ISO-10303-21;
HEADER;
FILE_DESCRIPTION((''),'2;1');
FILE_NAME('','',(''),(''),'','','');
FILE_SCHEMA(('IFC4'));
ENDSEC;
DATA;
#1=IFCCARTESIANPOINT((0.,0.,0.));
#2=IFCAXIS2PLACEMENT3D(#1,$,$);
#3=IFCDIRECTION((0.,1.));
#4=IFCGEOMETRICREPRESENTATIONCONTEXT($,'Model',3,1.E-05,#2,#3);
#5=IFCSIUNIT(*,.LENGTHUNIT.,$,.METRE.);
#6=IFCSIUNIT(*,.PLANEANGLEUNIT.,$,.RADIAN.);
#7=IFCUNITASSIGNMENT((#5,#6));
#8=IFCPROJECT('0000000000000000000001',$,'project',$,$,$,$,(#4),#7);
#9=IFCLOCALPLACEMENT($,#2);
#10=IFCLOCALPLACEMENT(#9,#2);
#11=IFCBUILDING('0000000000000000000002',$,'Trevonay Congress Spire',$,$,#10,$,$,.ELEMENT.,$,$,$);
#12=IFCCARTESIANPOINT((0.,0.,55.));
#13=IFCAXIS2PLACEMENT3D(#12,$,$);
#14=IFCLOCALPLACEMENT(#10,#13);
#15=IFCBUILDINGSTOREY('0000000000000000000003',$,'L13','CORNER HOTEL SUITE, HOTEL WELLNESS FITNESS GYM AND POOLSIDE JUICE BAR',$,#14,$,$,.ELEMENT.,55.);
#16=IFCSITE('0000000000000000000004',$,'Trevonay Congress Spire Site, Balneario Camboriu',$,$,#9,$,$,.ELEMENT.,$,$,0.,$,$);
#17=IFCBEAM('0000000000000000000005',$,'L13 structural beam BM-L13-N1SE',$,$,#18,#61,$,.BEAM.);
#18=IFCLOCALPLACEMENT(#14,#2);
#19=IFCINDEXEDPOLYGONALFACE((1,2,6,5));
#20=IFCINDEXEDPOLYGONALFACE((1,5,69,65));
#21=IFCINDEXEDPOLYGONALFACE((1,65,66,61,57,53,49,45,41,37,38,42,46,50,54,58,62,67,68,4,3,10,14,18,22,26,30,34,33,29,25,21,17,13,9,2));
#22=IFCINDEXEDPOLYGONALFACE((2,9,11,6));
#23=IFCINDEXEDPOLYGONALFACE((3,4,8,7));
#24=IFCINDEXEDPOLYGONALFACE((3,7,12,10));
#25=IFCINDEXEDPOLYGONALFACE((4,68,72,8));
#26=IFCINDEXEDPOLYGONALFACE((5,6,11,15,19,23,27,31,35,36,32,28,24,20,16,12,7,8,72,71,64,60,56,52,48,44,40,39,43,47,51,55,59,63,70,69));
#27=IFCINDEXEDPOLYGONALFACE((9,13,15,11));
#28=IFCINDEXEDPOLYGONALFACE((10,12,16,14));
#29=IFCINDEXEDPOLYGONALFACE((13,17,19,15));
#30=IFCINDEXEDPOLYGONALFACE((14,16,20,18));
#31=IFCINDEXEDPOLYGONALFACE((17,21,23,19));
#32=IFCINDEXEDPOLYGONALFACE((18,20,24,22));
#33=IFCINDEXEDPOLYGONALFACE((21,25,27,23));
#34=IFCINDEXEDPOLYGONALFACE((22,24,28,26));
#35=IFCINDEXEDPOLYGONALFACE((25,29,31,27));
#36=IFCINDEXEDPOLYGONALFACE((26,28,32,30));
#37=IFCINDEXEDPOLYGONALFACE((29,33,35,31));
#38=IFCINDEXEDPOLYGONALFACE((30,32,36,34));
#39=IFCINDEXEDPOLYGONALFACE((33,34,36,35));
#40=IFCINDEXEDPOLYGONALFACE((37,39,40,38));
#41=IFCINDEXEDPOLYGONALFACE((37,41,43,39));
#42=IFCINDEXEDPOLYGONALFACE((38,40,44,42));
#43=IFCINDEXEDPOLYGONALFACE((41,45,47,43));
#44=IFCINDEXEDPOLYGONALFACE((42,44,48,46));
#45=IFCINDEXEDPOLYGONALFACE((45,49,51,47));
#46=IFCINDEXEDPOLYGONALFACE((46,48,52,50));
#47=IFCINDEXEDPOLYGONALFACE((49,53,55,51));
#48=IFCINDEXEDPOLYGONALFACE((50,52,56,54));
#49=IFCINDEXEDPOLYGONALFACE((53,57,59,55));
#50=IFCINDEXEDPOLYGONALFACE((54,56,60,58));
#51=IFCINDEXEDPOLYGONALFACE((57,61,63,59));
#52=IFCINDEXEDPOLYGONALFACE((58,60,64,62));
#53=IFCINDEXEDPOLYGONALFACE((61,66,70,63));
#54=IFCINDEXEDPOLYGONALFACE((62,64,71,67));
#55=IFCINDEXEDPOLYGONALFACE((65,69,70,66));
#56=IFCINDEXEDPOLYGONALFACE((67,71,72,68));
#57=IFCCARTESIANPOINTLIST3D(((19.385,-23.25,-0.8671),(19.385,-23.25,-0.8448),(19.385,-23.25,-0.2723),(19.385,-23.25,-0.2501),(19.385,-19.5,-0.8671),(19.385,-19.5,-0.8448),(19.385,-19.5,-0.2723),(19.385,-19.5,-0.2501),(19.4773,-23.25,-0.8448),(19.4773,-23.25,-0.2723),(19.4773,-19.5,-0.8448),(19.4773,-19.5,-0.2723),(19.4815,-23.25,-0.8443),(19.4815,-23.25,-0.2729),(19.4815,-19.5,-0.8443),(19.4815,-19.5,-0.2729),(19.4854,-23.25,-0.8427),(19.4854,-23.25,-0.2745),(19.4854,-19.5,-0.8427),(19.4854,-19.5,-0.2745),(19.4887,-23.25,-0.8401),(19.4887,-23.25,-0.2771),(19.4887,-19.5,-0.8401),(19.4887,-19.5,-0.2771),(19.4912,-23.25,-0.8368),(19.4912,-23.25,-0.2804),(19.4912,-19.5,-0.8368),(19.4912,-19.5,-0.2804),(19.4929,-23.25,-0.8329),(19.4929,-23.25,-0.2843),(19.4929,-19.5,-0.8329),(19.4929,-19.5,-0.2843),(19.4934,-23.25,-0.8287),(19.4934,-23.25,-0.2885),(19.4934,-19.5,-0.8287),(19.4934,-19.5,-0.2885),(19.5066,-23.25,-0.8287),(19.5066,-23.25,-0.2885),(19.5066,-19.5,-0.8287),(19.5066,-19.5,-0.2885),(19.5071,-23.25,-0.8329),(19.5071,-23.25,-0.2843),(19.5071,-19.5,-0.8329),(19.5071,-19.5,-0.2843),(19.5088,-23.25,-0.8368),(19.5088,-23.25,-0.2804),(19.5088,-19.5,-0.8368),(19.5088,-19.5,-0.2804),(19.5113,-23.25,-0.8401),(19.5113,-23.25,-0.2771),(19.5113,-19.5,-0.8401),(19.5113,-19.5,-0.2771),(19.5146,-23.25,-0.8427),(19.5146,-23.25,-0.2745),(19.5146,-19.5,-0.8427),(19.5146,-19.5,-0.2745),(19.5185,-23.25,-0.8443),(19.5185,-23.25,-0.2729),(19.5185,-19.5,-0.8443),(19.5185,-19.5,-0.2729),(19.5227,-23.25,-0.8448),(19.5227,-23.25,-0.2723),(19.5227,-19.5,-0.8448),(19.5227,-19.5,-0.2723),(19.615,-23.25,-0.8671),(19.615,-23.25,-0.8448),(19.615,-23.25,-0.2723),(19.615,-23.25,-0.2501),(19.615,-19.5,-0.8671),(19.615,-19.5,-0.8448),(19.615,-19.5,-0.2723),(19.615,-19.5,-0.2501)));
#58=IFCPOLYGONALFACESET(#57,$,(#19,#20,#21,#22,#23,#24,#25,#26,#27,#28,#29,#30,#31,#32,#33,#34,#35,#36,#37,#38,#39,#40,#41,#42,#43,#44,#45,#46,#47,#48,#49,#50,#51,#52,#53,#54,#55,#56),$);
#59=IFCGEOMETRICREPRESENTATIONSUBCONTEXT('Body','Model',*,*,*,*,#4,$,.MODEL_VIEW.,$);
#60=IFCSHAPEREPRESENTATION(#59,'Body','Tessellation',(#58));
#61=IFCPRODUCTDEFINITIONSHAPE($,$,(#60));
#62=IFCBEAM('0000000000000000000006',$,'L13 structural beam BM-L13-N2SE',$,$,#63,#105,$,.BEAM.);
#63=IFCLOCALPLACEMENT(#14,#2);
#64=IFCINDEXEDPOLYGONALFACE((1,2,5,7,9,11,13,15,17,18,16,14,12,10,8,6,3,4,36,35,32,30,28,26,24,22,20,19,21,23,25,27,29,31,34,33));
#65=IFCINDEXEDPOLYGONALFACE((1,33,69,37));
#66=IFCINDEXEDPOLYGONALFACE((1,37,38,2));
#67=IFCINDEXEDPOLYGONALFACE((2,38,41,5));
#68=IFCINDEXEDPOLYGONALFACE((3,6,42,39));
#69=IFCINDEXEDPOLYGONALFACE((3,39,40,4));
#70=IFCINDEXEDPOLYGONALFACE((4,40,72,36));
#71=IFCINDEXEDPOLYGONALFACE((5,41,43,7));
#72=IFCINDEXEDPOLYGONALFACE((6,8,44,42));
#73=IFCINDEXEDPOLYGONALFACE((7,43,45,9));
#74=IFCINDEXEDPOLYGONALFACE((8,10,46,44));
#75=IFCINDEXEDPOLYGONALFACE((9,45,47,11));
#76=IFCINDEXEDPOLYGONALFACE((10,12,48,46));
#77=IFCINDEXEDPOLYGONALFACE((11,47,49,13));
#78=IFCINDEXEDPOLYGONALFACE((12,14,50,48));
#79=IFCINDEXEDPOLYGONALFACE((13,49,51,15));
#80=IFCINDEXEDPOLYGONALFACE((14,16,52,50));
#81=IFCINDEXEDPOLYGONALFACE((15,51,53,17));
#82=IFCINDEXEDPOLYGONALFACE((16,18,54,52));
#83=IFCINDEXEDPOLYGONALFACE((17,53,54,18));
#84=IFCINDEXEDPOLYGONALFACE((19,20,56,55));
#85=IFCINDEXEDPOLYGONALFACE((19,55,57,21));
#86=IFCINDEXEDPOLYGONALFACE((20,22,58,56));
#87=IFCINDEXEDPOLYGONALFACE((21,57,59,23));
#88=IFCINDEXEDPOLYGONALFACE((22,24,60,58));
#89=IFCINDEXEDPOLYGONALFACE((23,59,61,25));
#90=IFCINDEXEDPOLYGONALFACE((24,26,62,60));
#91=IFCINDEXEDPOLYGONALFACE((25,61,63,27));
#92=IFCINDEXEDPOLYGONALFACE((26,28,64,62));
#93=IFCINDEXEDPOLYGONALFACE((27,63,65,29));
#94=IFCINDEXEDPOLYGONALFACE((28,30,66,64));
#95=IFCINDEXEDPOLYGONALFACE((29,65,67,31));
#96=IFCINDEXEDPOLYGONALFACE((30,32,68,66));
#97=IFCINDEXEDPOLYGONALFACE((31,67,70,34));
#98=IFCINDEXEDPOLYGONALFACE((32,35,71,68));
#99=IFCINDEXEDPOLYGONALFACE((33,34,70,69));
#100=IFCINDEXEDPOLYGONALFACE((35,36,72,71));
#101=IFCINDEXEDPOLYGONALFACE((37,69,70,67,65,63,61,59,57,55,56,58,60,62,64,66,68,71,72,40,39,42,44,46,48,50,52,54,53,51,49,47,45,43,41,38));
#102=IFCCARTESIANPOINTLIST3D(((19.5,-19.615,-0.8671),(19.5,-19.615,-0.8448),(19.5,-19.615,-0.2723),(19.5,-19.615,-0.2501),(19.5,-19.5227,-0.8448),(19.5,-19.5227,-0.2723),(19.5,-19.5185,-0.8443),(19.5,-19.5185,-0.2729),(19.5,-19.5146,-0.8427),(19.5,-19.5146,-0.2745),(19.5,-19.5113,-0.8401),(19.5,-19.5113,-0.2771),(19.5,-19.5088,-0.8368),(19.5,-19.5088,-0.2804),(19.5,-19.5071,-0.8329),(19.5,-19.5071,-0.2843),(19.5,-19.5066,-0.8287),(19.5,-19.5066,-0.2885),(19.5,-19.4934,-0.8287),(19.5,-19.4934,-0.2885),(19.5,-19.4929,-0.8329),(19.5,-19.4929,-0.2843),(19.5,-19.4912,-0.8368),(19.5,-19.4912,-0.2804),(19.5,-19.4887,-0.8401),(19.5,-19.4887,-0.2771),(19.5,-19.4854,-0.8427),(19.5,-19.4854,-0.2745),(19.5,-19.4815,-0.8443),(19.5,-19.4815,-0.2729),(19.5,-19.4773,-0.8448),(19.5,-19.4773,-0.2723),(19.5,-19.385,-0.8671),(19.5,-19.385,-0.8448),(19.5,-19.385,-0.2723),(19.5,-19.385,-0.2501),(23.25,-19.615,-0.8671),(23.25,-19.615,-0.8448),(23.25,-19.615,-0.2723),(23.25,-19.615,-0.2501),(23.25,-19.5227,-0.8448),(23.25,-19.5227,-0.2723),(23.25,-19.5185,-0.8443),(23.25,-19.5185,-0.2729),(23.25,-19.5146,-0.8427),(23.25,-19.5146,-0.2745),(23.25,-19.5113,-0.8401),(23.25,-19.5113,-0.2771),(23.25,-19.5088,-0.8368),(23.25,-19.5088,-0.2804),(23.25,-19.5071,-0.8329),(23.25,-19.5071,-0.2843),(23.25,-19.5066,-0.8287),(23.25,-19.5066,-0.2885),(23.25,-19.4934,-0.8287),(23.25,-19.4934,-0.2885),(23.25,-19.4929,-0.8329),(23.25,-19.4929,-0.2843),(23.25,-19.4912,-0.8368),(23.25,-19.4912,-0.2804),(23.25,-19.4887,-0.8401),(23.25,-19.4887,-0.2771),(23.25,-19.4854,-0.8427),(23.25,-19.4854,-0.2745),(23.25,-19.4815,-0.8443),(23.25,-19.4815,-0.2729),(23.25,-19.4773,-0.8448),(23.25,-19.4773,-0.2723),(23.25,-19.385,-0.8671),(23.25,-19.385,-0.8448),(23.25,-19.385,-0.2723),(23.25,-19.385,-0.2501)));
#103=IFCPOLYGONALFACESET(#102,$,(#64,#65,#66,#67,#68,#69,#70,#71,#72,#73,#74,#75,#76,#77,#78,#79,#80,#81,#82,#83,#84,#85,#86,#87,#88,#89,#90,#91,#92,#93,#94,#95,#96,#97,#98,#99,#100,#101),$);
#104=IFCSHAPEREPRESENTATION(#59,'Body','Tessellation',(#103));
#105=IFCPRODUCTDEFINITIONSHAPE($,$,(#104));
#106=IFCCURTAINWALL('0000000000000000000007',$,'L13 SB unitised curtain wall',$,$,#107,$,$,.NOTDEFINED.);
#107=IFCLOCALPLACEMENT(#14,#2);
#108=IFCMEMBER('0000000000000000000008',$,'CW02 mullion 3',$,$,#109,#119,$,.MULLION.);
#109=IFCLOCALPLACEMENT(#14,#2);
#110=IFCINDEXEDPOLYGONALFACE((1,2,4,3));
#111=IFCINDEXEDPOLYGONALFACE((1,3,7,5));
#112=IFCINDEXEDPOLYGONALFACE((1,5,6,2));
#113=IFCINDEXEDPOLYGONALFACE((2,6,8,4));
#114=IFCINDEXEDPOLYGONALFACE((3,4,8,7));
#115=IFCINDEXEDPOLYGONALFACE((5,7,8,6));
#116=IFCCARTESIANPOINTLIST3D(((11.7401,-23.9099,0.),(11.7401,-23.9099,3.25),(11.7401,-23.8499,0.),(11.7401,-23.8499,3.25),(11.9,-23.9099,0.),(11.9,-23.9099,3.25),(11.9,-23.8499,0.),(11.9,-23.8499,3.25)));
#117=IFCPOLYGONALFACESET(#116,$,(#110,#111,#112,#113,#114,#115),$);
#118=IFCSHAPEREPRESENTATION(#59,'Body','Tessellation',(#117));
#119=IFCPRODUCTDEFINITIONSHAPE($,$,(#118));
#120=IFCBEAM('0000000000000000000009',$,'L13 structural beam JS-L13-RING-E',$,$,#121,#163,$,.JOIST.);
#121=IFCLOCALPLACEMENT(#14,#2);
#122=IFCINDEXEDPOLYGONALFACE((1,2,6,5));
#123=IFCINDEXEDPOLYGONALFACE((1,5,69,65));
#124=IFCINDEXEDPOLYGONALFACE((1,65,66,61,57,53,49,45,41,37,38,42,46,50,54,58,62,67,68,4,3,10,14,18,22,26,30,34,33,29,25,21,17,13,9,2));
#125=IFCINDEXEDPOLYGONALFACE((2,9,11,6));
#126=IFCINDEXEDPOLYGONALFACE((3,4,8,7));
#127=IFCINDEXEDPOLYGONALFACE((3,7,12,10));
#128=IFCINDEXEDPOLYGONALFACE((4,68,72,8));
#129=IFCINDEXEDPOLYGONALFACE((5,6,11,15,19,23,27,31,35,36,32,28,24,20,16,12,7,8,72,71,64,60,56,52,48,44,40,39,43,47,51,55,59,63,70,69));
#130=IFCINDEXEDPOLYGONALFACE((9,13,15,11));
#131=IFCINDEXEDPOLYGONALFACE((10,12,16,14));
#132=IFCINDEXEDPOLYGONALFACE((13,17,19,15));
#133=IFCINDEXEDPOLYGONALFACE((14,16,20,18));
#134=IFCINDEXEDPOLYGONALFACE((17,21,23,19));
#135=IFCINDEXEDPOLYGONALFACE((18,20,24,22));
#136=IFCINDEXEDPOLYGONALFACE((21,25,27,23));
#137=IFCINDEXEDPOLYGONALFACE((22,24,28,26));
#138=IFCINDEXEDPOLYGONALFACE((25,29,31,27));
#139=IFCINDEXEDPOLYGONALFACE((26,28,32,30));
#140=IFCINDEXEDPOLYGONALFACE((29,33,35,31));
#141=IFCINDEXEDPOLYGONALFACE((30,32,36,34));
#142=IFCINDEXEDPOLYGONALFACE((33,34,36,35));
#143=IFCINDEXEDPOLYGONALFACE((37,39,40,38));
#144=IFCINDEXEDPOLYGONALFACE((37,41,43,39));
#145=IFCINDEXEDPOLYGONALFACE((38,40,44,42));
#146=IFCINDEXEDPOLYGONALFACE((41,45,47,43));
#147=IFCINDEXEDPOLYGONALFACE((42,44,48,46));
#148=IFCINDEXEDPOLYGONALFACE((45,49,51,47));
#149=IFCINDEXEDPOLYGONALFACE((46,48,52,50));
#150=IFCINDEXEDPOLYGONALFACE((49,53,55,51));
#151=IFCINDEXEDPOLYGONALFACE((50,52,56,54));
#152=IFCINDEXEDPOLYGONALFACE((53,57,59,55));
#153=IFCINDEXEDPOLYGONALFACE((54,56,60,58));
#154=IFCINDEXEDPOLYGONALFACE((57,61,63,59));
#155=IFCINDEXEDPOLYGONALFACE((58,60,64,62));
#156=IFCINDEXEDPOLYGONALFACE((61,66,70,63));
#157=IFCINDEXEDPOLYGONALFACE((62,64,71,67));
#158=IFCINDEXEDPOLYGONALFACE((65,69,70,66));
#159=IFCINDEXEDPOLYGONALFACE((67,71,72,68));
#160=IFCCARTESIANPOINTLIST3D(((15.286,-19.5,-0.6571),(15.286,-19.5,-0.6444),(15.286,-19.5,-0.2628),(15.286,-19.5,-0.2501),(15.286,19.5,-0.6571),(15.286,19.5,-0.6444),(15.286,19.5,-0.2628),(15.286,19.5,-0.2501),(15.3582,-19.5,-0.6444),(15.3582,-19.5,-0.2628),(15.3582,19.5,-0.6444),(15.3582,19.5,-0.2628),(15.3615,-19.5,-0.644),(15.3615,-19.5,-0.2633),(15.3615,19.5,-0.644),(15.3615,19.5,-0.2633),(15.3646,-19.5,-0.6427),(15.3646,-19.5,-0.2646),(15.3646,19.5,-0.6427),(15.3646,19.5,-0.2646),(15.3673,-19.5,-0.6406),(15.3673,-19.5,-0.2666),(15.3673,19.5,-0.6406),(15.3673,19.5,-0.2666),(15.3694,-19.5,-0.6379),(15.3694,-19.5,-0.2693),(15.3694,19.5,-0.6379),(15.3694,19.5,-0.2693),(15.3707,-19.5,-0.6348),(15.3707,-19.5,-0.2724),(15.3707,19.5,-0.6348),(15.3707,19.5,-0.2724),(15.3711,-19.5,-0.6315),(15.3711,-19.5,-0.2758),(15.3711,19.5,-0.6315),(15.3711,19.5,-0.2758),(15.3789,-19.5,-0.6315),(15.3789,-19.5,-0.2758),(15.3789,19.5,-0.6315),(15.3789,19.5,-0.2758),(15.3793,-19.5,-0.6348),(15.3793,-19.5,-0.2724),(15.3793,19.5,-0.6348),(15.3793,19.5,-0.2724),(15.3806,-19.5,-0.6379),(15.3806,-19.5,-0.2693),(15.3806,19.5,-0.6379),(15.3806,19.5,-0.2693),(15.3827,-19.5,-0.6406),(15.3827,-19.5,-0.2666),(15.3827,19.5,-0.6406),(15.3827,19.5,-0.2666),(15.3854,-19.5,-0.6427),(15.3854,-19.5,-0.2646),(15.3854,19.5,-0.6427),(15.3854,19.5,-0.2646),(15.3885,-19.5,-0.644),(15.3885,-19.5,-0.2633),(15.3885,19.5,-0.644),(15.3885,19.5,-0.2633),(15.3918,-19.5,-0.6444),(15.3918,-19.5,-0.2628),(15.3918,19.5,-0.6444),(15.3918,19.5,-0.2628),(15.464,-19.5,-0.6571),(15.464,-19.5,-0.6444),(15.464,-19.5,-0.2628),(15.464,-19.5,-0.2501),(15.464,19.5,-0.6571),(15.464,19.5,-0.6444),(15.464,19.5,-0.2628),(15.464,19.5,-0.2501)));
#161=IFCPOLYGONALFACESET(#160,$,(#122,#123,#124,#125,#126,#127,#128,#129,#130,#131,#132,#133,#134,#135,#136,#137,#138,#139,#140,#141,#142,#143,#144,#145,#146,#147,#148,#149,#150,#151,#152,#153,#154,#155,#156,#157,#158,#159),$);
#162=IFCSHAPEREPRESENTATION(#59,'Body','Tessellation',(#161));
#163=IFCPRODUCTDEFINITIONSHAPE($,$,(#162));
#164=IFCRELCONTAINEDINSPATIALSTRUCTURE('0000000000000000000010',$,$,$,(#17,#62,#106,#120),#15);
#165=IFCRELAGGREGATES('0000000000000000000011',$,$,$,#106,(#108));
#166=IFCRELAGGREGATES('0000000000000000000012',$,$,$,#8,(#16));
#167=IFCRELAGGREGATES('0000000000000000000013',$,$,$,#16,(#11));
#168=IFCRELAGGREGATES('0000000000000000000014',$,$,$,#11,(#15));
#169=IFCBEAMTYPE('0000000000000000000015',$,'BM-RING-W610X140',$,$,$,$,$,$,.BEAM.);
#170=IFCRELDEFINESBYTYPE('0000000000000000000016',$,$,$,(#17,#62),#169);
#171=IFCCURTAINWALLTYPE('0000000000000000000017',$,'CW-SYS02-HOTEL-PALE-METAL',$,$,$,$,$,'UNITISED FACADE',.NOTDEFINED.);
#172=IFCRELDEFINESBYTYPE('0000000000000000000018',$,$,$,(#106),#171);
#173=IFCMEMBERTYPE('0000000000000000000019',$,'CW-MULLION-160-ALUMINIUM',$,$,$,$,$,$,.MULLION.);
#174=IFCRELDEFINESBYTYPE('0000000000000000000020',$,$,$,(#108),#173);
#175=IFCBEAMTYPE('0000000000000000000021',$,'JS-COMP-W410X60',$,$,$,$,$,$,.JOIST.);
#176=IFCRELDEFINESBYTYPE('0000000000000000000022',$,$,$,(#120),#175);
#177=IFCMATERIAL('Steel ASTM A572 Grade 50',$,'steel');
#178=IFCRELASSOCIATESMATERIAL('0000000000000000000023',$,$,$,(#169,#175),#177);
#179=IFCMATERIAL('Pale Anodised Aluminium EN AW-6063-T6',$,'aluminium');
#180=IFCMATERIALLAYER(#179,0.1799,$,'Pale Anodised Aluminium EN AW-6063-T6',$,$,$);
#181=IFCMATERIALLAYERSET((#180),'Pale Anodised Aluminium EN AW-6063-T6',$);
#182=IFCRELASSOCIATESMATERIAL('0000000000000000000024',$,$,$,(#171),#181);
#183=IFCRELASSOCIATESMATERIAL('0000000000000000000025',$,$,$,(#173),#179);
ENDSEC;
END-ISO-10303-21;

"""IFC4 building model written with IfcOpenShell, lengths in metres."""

from ifc_helpers import new_model, si_unit, direction, frame, origin, origin_2d, place, context, subcontext, project, spatial, rectangle, i_section, extrude, material, layer, layer_set, material_profile, profile_set, type_object, element, aggregate, save


model = new_model("IFC4")

# Units and contexts
model_context = context("Model", 3, precision=1e-05, world=origin(), true_north=direction((0.0, 1.0)))
body_context = subcontext(model_context, "Body", "Model", "MODEL_VIEW")
ifc_project = project(units=[si_unit("LENGTHUNIT", "METRE"), si_unit("PLANEANGLEUNIT", "RADIAN")], contexts=[model_context])

# Site, building, storey
site_placement = place(None, origin())
site = spatial("IfcSite", under=ifc_project, at=site_placement, Name="Trevonay Congress Spire Site, Balneario Camboriu", CompositionType="ELEMENT", RefElevation=0.0)
building_placement = place(site_placement, origin())
building = spatial("IfcBuilding", under=site, at=building_placement, Name="Trevonay Congress Spire", CompositionType="ELEMENT")
storey_placement = place(building_placement, frame((0.0, 0.0, 55.0)))
storey = spatial("IfcBuildingStorey", under=building, at=storey_placement, Name="L13", Description="CORNER HOTEL SUITE, HOTEL WELLNESS FITNESS GYM AND POOLSIDE JUICE BAR", CompositionType="ELEMENT", Elevation=55.0)

# Shared definitions
ifc_material_1 = material(Name="Steel ASTM A572 Grade 50", Category="steel")

# Beams
ifc_material_profile_1 = material_profile(ifc_material_1, i_section(OverallWidth=0.23, OverallDepth=0.6169, WebThickness=0.0132, FlangeThickness=0.0222, FilletRadius=0.0161, at=origin_2d()), Name="W610x140")
ifc_profile_set_1 = profile_set([ifc_material_profile_1], Name="Steel ASTM A572 Grade 50")
beam_type_1 = type_object("IfcBeamType", Name="BM-RING-W610X140", PredefinedType="BEAM", material=ifc_profile_set_1)
for number, where, z_axis, x_axis, name in (
    (1, (19.5, -23.25, -0.5586), (0.0, 1.0, 0.0), (-1.0, 0.0, 0.0), "L13 structural beam BM-L13-N1SE"),
    (2, (23.25, -19.5, -0.5586), (-1.0, 0.0, 0.0), (0.0, -1.0, 0.0), "L13 structural beam BM-L13-N2SE"),
):
    element("IfcBeam", number, at=place(storey_placement, frame(where, z_axis=z_axis, x_axis=x_axis)), inside=storey, type_object=beam_type_1, Name=name, PredefinedType="BEAM", context=body_context, shape_type="SweptSolid", body=[
        extrude(i_section(OverallWidth=0.23, OverallDepth=0.6169, WebThickness=0.0132, FlangeThickness=0.0222, FilletRadius=0.0161, at=origin_2d()), origin(), (0.0, 0.0, 1.0), 3.75),
    ])

# Curtain wall, member
ifc_material_2 = material(Name="Pale Anodised Aluminium EN AW-6063-T6", Category="aluminium")
ifc_layer_1 = layer(ifc_material_2, 0.1799, Name="Pale Anodised Aluminium EN AW-6063-T6")
ifc_layer_set_1 = layer_set([ifc_layer_1], Name="Pale Anodised Aluminium EN AW-6063-T6")
curtain_wall_type = type_object("IfcCurtainWallType", Name="CW-SYS02-HOTEL-PALE-METAL", ElementType="UNITISED FACADE", PredefinedType="NOTDEFINED", material=ifc_layer_set_1)
curtain_wall_placement = place(storey_placement, origin())
curtain_wall = element("IfcCurtainWall", 3, at=curtain_wall_placement, inside=storey, type_object=curtain_wall_type, Name="L13 SB unitised curtain wall", PredefinedType="NOTDEFINED")
ifc_material_profile_2 = material_profile(ifc_material_2, rectangle(XDim=0.0601, YDim=0.1599, at=origin_2d()), Name="CW-MULLION-160-ALUMINIUM")
ifc_profile_set_2 = profile_set([ifc_material_profile_2], Name="Pale Anodised Aluminium EN AW-6063-T6")
member_type_1 = type_object("IfcMemberType", Name="CW-MULLION-160-ALUMINIUM", PredefinedType="MULLION", material=ifc_profile_set_2)
member_placement = place(storey_placement, frame((11.8201, -23.8799, 0.0), z_axis=(0.0, 0.0, 1.0), x_axis=(0.0, 1.0, 0.0)))
member = element("IfcMember", 4, at=member_placement, type_object=member_type_1, Name="CW02 mullion 3", PredefinedType="MULLION", context=body_context, shape_type="SweptSolid", body=[
    extrude(rectangle(XDim=0.0601, YDim=0.1599, at=origin_2d()), origin(), (0.0, 0.0, 1.0), 3.25),
])
aggregate(curtain_wall, [member])

# Beam
ifc_material_profile_3 = material_profile(ifc_material_1, i_section(OverallWidth=0.178, OverallDepth=0.407, WebThickness=0.0078, FlangeThickness=0.0127, FilletRadius=0.0129, at=origin_2d()), Name="W410x60")
ifc_profile_set_3 = profile_set([ifc_material_profile_3], Name="Steel ASTM A572 Grade 50")
beam_type_2 = type_object("IfcBeamType", Name="JS-COMP-W410X60", PredefinedType="JOIST", material=ifc_profile_set_3)
beam_placement = place(storey_placement, frame((15.375, -19.5, -0.4536), z_axis=(0.0, 1.0, 0.0), x_axis=(-1.0, 0.0, 0.0)))
element("IfcBeam", 5, at=beam_placement, inside=storey, type_object=beam_type_2, Name="L13 structural beam JS-L13-RING-E", PredefinedType="JOIST", context=body_context, shape_type="SweptSolid", body=[
    extrude(i_section(OverallWidth=0.178, OverallDepth=0.407, WebThickness=0.0078, FlangeThickness=0.0127, FilletRadius=0.0129, at=origin_2d()), origin(), (0.0, 0.0, 1.0), 39.0),
])

save(model, "model.ifc")
